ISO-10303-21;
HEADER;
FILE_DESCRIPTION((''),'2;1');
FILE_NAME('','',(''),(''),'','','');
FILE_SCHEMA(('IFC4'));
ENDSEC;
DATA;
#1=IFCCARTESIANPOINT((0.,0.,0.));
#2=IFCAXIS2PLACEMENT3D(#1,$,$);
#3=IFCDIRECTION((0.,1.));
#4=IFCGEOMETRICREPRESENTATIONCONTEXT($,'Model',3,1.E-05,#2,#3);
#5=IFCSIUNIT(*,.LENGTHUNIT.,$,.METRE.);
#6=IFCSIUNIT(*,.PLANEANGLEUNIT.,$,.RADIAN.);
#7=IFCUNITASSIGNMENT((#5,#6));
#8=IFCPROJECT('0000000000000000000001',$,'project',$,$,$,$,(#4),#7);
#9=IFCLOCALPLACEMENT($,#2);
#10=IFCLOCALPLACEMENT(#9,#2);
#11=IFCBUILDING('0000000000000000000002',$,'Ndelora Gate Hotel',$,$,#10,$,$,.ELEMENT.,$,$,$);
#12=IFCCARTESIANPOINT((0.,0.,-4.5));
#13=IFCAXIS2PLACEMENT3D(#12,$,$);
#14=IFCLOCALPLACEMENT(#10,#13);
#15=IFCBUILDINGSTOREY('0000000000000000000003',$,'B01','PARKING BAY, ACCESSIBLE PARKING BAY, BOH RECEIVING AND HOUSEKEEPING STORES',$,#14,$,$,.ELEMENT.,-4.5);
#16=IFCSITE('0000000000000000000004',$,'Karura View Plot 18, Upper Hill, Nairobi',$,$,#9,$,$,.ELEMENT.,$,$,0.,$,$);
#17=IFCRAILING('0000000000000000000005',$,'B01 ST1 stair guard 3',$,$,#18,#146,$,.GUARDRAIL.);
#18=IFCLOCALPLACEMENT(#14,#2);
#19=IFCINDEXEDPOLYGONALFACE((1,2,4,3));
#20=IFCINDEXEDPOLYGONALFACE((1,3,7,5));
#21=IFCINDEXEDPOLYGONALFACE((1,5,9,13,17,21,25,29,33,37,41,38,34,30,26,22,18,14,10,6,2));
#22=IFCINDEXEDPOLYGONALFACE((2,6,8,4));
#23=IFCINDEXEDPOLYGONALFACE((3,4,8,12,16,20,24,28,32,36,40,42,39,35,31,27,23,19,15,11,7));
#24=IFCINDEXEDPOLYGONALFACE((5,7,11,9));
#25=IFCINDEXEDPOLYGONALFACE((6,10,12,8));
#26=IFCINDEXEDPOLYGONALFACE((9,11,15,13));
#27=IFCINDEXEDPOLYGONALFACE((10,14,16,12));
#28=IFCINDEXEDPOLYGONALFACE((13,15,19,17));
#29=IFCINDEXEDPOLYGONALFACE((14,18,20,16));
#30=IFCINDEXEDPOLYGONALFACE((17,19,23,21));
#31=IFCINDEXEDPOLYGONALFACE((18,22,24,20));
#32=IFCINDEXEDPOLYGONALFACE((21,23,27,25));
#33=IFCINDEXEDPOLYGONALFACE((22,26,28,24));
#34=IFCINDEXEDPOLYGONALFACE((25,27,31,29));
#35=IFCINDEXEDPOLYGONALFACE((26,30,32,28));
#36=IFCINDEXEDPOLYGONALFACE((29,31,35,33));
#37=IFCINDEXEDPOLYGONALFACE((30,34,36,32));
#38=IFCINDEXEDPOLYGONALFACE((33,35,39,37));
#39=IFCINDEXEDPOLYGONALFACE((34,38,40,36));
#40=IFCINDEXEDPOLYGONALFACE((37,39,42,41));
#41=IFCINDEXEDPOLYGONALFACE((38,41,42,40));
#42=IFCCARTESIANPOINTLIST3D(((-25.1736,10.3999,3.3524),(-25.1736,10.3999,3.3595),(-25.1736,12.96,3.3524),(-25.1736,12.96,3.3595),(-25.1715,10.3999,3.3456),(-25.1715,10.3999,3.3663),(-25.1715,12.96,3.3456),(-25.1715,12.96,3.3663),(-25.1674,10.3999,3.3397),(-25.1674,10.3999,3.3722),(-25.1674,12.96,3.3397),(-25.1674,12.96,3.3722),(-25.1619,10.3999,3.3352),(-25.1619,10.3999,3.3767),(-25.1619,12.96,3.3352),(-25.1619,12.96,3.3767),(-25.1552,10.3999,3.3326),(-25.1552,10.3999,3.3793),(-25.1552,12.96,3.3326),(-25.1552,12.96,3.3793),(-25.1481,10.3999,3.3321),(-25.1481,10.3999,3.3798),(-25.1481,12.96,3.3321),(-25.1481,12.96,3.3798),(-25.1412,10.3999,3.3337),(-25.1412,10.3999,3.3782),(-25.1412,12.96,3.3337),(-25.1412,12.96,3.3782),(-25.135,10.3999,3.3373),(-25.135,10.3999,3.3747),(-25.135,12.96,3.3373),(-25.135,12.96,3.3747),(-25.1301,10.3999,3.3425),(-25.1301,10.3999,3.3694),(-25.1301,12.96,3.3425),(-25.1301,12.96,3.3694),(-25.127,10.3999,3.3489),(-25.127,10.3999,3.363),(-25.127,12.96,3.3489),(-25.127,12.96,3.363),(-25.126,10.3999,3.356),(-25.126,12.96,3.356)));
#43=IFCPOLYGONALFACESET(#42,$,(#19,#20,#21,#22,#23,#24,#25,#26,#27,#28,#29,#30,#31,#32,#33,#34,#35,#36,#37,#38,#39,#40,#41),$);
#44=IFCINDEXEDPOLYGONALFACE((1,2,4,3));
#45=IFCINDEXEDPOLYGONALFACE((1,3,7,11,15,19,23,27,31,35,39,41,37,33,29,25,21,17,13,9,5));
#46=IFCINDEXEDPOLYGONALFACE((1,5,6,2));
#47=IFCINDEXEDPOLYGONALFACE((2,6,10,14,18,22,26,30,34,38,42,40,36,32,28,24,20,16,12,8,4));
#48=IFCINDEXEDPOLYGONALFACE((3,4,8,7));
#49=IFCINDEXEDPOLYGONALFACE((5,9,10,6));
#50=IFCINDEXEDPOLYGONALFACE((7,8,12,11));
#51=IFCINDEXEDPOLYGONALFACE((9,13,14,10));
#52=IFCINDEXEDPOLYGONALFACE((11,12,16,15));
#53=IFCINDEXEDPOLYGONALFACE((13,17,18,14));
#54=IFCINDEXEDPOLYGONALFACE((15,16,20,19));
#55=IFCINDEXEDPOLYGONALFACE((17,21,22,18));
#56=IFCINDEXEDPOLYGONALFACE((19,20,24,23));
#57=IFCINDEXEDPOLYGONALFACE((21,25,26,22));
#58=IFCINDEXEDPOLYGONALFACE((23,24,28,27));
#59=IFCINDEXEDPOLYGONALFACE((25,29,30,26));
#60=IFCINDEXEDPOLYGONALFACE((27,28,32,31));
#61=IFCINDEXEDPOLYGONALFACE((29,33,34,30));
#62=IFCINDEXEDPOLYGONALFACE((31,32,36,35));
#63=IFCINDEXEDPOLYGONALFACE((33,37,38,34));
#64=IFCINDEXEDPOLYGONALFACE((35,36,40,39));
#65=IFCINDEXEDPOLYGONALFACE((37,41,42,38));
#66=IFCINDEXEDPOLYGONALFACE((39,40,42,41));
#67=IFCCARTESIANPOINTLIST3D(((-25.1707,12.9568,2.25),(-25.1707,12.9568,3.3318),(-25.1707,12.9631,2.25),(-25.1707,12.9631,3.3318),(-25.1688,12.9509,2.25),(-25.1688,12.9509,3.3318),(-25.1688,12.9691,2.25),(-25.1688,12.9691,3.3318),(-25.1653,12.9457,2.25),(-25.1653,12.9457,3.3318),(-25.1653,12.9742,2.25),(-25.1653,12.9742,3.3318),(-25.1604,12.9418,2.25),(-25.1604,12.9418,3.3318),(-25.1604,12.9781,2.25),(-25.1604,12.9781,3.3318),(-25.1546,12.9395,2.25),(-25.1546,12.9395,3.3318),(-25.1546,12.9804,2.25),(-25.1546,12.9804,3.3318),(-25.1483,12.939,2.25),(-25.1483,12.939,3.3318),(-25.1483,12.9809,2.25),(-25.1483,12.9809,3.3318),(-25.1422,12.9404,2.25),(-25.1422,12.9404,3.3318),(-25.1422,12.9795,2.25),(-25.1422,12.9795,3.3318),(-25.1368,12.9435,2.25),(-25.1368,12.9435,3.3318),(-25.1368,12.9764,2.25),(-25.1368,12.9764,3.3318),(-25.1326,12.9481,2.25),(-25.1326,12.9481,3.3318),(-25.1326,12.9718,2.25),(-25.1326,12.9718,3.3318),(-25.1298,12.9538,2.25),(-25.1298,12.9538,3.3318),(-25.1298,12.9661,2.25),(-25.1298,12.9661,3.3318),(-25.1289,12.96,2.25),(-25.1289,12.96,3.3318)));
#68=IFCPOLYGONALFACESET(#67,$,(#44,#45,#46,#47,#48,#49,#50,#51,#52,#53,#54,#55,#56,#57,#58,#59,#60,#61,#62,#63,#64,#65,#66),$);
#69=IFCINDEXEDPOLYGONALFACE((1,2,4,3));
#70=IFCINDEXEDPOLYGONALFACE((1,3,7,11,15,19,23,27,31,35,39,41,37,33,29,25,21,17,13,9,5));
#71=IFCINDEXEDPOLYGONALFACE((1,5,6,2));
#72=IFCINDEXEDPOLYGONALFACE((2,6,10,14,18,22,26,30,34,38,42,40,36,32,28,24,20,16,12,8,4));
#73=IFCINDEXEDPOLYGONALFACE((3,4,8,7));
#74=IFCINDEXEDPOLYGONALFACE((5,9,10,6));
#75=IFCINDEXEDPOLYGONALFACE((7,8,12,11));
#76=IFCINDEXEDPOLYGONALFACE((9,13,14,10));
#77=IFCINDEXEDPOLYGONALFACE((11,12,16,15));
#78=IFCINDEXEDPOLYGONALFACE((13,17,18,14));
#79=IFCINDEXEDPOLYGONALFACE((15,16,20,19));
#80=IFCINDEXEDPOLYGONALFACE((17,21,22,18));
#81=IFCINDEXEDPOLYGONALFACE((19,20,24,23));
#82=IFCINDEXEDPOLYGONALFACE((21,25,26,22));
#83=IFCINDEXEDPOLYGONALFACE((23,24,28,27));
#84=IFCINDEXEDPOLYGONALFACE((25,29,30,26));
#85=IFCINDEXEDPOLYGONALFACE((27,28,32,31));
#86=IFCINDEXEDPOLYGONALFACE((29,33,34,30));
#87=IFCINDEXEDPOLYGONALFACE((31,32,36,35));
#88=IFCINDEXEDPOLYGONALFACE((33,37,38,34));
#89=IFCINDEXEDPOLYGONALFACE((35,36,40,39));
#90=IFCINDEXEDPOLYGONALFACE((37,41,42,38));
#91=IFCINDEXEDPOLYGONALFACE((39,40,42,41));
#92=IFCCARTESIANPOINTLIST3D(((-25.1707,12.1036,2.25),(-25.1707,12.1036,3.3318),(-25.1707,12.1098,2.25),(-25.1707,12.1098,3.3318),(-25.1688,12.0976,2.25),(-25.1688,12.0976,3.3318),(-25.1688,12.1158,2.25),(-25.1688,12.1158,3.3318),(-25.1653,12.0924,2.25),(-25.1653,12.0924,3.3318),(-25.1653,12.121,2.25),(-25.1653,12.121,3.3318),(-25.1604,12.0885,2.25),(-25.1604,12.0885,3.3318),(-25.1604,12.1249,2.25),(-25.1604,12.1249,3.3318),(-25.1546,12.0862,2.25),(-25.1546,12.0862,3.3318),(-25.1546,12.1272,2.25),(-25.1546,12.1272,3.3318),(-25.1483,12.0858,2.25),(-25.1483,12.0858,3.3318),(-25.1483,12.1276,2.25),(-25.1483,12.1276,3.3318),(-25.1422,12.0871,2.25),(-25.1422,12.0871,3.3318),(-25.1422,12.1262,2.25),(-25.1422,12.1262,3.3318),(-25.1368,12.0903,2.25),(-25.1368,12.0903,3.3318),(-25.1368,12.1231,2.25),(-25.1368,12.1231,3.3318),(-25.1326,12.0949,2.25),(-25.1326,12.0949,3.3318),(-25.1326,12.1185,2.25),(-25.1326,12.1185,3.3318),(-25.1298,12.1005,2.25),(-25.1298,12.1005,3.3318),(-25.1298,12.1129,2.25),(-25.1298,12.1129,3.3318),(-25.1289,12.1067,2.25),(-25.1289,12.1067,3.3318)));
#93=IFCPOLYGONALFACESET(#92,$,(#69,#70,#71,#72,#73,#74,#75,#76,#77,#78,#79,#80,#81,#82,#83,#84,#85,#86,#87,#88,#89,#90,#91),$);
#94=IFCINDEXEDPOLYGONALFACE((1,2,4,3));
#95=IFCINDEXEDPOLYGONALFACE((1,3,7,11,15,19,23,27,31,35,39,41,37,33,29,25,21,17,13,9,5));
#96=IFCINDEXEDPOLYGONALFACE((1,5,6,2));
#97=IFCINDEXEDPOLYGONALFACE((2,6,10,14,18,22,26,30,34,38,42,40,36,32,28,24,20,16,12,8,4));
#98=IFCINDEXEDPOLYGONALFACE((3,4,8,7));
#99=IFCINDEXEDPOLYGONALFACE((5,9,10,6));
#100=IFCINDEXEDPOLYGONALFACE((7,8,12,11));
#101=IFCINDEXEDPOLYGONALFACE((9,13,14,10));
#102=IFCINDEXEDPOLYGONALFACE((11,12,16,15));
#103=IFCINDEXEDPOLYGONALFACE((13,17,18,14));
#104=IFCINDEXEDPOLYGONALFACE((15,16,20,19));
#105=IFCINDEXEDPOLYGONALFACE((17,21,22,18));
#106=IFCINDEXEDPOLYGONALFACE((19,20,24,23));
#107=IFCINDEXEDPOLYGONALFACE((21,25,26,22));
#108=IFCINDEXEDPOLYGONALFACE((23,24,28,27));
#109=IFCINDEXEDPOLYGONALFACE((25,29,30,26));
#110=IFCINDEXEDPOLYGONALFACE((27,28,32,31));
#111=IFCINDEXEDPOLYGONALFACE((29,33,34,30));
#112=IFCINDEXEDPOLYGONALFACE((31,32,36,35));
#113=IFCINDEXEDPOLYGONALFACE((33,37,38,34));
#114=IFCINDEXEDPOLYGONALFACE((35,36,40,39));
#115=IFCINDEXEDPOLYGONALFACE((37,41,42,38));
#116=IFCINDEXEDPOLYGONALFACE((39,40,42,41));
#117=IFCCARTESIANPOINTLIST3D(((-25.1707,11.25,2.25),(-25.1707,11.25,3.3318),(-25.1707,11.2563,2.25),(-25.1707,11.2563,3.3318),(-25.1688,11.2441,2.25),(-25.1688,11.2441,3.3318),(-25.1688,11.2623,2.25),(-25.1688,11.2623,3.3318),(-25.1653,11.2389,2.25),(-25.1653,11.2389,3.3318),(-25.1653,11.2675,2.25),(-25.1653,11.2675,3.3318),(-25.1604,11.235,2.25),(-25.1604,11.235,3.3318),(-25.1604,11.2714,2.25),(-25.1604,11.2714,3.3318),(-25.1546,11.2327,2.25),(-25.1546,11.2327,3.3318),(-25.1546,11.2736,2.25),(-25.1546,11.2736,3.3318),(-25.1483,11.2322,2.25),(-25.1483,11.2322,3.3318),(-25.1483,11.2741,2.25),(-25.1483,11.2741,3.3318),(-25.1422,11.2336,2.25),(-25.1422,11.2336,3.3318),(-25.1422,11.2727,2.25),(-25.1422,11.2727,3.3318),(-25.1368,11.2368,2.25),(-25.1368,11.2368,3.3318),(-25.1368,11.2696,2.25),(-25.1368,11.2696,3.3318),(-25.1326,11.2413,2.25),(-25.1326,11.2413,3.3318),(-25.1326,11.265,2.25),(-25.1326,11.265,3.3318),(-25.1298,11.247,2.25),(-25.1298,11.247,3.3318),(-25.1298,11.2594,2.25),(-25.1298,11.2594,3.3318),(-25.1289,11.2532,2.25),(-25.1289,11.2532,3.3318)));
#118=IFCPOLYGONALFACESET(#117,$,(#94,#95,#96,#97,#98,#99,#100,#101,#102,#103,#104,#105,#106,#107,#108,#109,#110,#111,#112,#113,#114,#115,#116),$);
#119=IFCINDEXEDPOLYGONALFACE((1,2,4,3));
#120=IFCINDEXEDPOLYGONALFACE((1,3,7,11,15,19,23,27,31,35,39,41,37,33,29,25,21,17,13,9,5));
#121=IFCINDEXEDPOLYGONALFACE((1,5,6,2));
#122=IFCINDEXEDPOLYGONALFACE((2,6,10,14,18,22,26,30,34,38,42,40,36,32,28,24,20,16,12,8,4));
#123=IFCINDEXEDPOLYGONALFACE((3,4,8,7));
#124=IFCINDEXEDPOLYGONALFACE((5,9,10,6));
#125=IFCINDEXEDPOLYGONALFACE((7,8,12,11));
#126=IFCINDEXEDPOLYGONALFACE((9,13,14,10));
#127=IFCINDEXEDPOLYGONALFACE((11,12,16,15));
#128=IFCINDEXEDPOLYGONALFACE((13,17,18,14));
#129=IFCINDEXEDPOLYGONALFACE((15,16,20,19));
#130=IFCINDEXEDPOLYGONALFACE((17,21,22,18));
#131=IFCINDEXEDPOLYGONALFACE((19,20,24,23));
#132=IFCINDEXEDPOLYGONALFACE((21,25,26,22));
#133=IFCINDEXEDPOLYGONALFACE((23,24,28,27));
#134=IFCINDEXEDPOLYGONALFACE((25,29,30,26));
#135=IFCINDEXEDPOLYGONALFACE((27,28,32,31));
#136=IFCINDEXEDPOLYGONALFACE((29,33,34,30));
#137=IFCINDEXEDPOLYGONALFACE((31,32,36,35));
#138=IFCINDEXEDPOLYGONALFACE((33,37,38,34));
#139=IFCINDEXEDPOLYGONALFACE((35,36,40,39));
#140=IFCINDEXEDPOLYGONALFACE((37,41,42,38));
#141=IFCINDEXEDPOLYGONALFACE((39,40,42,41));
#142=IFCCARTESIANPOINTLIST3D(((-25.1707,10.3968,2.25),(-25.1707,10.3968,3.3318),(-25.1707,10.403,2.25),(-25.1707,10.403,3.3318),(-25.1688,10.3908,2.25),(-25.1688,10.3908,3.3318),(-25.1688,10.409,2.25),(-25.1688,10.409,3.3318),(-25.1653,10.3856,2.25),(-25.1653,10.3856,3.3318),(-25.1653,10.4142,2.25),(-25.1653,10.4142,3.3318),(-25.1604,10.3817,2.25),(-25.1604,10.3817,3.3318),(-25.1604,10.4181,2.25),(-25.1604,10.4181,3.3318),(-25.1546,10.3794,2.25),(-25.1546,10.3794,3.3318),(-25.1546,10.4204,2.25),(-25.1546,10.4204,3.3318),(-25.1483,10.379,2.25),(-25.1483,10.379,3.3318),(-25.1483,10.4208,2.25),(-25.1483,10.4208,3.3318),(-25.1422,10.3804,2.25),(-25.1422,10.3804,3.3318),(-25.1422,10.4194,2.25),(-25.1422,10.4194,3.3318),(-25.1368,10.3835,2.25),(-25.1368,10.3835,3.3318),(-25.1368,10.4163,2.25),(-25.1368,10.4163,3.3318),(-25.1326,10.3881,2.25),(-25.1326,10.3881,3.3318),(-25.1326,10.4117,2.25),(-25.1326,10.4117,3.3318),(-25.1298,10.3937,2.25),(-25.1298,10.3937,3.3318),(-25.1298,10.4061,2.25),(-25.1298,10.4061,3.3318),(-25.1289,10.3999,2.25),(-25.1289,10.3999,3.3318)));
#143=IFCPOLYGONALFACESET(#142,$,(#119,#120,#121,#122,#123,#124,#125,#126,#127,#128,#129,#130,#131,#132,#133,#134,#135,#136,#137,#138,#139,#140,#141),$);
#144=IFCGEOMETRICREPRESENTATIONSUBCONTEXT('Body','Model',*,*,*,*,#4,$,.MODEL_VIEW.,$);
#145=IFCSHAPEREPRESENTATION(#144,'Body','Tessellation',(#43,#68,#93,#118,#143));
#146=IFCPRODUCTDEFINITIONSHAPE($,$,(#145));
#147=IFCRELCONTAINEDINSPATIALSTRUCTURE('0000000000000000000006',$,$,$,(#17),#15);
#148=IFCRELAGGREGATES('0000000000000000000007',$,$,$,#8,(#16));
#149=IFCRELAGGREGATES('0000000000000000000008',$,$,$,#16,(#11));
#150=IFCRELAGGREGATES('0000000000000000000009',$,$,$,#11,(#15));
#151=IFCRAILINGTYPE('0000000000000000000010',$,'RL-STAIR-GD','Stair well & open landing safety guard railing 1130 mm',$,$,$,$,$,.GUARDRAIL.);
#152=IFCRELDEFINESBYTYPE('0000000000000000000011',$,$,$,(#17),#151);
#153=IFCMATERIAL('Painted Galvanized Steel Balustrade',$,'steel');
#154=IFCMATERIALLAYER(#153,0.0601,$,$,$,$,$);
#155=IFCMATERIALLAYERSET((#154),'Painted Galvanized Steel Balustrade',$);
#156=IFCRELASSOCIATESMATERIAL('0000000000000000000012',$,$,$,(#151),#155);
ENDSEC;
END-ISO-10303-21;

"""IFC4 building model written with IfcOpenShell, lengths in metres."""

from ifc_helpers import new_model, si_unit, direction, frame, origin, origin_2d, place, context, subcontext, project, spatial, circle, extrude, material, layer, layer_set, type_object, element, save


model = new_model("IFC4")

# Units and contexts
model_context = context("Model", 3, precision=1e-05, world=origin(), true_north=direction((0.0, 1.0)))
body_context = subcontext(model_context, "Body", "Model", "MODEL_VIEW")
ifc_project = project(units=[si_unit("LENGTHUNIT", "METRE"), si_unit("PLANEANGLEUNIT", "RADIAN")], contexts=[model_context])

# Site, building, storey
site_placement = place(None, origin())
site = spatial("IfcSite", under=ifc_project, at=site_placement, Name="Karura View Plot 18, Upper Hill, Nairobi", CompositionType="ELEMENT", RefElevation=0.0)
building_placement = place(site_placement, origin())
building = spatial("IfcBuilding", under=site, at=building_placement, Name="Ndelora Gate Hotel", CompositionType="ELEMENT")
storey_placement = place(building_placement, frame((0.0, 0.0, -4.5)))
storey = spatial("IfcBuildingStorey", under=building, at=storey_placement, Name="B01", Description="PARKING BAY, ACCESSIBLE PARKING BAY, BOH RECEIVING AND HOUSEKEEPING STORES", CompositionType="ELEMENT", Elevation=-4.5)

# Railing
ifc_material_1 = material(Name="Painted Galvanized Steel Balustrade", Category="steel")
ifc_layer_1 = layer(ifc_material_1, 0.0601)
ifc_layer_set_1 = layer_set([ifc_layer_1], Name="Painted Galvanized Steel Balustrade")
railing_type_1 = type_object("IfcRailingType", Name="RL-STAIR-GD", Description="Stair well & open landing safety guard railing 1130 mm", PredefinedType="GUARDRAIL", material=ifc_layer_set_1)
for number, where, name in (
    (1, (-25.1499, 12.96, 2.25), "B01 ST1 stair guard 3"),
):
    element("IfcRailing", number, at=place(storey_placement, frame(where)), inside=storey, type_object=railing_type_1, Name=name, PredefinedType="GUARDRAIL", context=body_context, shape_type="SweptSolid", body=[
        extrude(circle(Radius=0.0239, at=origin_2d()), frame((0.0, 0.0, 1.106), z_axis=(0.0, -1.0, 0.0), x_axis=(1.0, 0.0, 0.0)), (0.0, 0.0, 1.0), 2.5601),
        extrude(circle(Radius=0.021, at=origin_2d()), origin(), (0.0, 0.0, 1.0), 1.0818),
        extrude(circle(Radius=0.021, at=origin_2d()), frame((0.0, -0.8533, 0.0)), (0.0, 0.0, 1.0), 1.0818),
        extrude(circle(Radius=0.021, at=origin_2d()), frame((0.0, -1.7068, 0.0)), (0.0, 0.0, 1.0), 1.0818),
        extrude(circle(Radius=0.021, at=origin_2d()), frame((0.0, -2.5601, 0.0)), (0.0, 0.0, 1.0), 1.0818),
    ])

save(model, "model.ifc")
